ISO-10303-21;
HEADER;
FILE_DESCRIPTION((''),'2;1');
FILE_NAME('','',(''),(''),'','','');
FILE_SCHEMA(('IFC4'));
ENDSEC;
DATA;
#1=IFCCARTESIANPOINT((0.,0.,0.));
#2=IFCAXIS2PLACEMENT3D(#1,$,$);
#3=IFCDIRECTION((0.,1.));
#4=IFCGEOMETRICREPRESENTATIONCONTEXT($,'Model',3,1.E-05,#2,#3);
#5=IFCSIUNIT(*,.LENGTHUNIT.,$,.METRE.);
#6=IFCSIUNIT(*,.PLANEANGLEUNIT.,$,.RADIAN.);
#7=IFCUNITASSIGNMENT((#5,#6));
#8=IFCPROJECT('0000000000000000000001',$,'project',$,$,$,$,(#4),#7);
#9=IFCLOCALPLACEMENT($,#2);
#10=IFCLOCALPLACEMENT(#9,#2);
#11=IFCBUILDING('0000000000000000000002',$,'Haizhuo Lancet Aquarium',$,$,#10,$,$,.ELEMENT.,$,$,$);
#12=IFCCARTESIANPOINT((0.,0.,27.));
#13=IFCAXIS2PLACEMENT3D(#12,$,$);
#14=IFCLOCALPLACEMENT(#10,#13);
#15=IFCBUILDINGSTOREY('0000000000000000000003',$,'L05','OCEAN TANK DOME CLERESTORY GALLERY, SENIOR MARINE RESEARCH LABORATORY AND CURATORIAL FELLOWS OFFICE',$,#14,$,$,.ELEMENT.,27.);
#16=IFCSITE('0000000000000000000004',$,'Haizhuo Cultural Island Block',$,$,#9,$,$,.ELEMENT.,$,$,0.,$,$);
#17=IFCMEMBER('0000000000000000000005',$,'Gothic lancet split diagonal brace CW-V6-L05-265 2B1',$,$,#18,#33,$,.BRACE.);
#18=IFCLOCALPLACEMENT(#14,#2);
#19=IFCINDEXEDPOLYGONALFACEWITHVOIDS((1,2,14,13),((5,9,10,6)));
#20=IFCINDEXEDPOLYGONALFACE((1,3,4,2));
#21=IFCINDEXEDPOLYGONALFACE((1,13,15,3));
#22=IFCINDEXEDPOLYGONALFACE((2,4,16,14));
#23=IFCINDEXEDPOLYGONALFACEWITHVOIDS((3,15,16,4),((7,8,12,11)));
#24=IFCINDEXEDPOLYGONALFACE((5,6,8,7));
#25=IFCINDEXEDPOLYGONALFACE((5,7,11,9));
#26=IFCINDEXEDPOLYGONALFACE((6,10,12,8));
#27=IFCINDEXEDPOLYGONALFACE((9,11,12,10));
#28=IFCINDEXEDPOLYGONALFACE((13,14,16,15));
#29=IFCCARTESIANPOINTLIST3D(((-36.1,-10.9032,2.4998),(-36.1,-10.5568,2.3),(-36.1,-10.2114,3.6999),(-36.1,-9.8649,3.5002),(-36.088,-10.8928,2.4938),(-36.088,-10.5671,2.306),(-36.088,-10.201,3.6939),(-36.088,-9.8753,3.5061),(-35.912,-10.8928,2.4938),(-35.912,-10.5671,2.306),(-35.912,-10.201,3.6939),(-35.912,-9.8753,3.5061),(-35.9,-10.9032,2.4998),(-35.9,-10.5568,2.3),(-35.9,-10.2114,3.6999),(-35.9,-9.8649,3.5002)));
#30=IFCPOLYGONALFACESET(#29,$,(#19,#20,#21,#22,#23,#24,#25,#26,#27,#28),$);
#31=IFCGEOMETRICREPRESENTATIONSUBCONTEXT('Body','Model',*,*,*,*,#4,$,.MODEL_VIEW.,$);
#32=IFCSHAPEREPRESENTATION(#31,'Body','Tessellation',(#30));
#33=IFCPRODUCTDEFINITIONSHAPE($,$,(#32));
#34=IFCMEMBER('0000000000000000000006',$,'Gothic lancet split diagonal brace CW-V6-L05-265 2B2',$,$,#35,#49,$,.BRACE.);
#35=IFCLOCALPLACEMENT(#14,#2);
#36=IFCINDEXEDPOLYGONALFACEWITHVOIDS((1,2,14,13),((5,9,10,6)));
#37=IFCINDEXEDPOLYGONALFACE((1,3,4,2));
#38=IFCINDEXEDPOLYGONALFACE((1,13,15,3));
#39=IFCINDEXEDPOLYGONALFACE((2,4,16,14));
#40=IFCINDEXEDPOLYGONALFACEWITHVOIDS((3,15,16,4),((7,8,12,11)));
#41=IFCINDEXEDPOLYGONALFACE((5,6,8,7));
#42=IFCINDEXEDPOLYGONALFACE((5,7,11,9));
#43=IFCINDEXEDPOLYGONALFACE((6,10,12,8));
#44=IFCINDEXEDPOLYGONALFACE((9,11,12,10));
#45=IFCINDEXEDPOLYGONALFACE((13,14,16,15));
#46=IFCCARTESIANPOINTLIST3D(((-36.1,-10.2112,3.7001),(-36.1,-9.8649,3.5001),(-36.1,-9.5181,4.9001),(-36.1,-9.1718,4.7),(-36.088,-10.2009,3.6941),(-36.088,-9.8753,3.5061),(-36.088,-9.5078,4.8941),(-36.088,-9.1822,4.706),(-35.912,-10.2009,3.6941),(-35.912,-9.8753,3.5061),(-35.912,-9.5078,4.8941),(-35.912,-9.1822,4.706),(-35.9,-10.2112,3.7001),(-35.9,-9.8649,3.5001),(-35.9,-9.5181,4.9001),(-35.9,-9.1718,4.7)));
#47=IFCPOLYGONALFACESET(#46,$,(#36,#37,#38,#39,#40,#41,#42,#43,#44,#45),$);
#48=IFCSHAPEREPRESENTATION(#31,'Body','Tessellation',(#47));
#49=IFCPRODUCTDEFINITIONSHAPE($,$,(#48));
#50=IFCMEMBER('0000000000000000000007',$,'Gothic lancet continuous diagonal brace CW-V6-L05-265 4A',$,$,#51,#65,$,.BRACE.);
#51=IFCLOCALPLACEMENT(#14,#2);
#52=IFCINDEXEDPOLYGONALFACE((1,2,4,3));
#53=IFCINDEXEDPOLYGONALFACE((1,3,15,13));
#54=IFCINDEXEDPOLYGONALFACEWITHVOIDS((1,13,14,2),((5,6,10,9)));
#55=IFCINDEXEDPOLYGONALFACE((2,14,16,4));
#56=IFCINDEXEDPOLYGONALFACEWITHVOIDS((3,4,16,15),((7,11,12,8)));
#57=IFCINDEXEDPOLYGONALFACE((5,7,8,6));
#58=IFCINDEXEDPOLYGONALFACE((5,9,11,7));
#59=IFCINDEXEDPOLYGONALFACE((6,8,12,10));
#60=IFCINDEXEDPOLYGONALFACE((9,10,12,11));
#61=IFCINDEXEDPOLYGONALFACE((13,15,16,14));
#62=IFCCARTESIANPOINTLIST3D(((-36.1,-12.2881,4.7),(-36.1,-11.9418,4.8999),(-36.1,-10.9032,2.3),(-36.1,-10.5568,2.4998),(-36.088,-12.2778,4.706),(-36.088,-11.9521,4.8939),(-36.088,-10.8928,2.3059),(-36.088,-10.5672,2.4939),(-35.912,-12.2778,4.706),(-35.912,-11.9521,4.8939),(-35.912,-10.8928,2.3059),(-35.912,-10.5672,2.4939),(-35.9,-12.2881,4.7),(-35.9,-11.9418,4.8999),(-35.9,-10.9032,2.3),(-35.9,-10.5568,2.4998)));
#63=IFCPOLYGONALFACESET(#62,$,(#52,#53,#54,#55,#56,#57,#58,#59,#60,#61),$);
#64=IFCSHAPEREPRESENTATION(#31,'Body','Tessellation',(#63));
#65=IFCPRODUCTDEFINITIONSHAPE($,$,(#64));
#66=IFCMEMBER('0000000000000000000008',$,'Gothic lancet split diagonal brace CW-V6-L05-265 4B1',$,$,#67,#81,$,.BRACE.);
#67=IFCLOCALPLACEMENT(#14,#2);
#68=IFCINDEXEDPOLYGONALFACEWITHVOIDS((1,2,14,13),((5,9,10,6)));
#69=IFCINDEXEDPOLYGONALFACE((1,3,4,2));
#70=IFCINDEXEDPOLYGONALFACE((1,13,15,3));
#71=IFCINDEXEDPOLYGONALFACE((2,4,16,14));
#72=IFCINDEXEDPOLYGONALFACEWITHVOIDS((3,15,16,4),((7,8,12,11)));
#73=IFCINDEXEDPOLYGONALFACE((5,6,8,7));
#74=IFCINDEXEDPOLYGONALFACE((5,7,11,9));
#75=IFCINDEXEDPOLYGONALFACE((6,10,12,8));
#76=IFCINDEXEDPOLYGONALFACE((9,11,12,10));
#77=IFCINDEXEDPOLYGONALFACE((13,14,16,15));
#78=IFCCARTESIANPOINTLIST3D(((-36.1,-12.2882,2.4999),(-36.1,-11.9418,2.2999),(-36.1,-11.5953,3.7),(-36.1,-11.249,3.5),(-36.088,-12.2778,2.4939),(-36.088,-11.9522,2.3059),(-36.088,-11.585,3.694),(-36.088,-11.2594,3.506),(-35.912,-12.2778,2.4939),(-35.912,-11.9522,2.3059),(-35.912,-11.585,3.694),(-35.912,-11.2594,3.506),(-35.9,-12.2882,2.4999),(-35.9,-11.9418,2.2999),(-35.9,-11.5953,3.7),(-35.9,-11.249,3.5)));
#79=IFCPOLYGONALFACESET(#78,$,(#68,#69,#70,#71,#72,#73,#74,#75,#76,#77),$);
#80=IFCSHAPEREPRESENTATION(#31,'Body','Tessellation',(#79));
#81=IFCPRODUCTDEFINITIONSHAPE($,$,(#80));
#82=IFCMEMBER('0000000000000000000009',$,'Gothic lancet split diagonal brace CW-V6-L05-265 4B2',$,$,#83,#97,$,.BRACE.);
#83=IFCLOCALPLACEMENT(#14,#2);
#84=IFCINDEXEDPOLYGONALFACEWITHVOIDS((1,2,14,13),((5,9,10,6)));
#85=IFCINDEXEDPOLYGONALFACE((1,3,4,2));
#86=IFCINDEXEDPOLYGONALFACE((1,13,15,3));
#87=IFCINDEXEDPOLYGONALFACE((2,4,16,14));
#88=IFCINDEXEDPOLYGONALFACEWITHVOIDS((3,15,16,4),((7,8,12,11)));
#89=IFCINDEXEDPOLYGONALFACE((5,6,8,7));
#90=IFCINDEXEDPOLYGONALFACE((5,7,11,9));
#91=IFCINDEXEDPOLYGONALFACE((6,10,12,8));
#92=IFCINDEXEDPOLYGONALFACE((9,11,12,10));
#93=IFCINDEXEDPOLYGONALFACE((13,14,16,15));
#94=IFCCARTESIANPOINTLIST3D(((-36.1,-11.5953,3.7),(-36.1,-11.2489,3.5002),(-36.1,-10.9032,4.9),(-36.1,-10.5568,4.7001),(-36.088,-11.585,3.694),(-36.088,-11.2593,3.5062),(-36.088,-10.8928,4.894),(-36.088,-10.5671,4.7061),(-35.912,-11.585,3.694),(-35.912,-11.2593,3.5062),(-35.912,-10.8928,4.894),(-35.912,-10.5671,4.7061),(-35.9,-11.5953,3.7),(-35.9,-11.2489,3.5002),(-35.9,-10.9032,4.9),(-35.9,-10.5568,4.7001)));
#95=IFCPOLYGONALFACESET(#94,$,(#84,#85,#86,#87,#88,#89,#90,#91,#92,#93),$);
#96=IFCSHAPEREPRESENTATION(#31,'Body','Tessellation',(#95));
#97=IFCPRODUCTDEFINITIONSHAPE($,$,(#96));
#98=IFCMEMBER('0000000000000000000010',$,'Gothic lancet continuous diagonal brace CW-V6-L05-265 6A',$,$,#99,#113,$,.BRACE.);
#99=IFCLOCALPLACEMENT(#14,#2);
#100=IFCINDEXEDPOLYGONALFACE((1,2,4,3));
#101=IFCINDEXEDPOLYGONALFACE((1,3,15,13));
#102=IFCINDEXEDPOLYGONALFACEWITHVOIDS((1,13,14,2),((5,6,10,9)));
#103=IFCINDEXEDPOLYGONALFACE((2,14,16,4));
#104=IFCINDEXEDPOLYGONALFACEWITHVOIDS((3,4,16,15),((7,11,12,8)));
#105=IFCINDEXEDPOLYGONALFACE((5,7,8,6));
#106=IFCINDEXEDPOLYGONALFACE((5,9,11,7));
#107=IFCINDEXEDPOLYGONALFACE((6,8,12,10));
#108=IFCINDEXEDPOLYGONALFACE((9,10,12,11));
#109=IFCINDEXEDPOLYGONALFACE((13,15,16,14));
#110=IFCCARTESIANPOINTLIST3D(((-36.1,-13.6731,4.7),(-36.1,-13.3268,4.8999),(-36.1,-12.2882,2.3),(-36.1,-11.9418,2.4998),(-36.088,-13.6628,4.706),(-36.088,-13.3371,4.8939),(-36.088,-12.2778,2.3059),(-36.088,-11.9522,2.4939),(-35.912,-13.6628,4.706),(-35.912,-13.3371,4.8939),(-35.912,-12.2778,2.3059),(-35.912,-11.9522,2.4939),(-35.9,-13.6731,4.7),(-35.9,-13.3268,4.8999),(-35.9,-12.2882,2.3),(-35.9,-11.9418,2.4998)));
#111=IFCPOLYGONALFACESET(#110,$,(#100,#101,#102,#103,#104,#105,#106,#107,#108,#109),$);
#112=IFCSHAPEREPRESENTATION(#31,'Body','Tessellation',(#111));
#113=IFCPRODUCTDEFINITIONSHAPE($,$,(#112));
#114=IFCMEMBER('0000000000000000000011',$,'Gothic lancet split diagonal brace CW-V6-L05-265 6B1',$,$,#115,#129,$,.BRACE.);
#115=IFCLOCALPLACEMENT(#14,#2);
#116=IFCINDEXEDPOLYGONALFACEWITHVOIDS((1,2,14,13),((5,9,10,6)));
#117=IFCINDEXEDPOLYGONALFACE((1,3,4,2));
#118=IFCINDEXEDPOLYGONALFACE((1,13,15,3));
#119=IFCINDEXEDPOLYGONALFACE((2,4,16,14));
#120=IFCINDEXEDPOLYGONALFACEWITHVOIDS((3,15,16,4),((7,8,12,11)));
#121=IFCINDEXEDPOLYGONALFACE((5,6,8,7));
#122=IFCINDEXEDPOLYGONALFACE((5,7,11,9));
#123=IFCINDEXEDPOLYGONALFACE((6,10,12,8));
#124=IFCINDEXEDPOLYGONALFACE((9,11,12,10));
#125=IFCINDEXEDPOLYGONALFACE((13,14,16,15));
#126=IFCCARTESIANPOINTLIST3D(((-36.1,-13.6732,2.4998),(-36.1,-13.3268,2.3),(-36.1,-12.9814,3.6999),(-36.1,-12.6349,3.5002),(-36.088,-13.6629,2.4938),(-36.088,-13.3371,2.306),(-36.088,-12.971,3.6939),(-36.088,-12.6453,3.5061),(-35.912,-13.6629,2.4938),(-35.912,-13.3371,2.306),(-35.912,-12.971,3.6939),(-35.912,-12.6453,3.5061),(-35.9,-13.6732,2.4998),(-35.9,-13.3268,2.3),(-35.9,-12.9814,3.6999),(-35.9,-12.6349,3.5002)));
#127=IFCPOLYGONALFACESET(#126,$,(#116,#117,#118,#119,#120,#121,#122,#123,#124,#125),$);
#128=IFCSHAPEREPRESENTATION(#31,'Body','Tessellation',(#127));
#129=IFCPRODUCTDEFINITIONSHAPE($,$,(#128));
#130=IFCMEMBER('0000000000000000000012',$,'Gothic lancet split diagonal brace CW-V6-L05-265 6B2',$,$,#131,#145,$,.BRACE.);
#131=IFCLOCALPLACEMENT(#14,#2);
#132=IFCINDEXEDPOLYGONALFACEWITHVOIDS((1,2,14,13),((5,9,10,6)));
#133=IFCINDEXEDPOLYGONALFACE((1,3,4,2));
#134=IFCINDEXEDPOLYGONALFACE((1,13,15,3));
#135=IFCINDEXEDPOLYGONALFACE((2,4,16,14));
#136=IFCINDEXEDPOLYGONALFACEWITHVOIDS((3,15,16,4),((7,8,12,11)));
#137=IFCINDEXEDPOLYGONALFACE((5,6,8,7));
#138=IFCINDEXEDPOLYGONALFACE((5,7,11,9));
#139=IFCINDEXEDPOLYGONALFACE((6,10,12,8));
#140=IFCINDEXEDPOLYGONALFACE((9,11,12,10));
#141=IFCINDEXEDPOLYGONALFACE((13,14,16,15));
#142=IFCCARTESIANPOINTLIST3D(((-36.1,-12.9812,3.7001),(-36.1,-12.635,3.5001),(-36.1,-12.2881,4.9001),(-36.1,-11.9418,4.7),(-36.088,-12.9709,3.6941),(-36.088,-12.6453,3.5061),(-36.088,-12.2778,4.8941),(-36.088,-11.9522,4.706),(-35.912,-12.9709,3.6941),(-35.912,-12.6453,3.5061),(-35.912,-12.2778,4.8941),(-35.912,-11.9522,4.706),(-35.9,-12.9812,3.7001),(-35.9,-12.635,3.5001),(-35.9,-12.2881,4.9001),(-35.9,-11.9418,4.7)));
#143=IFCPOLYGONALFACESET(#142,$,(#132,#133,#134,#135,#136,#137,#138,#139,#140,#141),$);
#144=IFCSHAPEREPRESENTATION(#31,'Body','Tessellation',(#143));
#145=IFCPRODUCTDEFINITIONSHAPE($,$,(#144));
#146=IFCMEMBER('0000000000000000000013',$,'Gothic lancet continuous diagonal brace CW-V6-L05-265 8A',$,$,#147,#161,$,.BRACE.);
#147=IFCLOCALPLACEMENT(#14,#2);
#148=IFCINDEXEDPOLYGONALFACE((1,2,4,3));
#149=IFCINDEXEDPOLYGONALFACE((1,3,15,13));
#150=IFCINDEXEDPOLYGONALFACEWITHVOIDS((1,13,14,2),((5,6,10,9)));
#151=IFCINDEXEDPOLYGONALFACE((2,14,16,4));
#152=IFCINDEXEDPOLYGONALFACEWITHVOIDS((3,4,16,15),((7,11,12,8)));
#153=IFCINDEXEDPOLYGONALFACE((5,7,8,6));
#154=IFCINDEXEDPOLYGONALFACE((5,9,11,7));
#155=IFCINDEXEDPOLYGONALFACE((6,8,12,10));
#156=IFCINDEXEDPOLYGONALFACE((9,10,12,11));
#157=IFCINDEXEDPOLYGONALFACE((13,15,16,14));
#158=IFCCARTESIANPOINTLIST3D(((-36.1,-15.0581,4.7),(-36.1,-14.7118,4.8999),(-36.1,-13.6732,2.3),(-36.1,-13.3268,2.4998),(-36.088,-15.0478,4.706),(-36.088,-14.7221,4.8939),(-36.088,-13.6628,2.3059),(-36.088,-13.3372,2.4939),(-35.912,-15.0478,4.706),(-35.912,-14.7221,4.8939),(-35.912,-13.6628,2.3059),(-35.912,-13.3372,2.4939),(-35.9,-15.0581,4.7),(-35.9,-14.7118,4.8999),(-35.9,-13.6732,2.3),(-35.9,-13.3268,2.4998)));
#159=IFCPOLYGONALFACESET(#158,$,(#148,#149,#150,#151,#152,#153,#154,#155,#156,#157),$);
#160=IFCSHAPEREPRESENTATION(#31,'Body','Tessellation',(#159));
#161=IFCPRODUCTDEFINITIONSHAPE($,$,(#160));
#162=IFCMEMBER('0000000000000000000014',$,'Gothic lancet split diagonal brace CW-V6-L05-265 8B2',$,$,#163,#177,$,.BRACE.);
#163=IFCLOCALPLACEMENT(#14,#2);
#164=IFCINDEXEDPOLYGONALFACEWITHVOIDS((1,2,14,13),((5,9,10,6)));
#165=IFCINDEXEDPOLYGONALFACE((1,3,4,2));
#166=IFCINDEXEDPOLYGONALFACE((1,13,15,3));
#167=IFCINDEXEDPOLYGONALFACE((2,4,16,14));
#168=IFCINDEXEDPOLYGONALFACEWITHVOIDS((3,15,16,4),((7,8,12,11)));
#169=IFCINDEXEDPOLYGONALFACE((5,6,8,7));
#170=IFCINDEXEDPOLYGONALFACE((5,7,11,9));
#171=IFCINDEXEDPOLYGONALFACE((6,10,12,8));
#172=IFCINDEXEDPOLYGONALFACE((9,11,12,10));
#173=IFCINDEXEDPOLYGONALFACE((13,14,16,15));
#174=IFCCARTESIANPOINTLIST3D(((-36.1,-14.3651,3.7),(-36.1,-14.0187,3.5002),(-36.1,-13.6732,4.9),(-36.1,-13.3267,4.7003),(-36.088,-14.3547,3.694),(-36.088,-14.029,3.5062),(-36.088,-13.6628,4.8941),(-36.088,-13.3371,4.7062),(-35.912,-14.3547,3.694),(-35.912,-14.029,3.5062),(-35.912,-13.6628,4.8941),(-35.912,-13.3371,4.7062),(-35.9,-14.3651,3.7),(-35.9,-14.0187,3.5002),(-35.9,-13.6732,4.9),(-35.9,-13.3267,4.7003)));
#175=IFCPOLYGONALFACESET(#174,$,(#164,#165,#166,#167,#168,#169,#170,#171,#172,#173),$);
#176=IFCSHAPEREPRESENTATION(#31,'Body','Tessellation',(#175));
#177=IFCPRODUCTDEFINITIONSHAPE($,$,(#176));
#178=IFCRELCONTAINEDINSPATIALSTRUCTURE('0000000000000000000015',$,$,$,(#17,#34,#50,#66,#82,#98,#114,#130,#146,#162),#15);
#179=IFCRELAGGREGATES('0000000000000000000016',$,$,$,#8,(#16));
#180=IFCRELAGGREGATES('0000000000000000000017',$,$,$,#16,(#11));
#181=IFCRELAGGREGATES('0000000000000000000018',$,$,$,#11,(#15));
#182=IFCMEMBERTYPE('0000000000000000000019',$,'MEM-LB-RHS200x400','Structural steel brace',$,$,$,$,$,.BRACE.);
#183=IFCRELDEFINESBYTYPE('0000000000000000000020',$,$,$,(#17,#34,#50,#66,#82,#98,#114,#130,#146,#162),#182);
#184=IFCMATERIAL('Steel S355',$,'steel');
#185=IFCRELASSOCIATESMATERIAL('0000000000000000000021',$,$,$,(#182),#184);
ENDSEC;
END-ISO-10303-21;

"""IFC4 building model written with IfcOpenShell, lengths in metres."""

from ifc_helpers import new_model, si_unit, direction, frame, origin, origin_2d, place, context, subcontext, project, spatial, hollow_rectangle, extrude, material, material_profile, profile_set, type_object, element, save


model = new_model("IFC4")

# Units and contexts
model_context = context("Model", 3, precision=1e-05, world=origin(), true_north=direction((0.0, 1.0)))
body_context = subcontext(model_context, "Body", "Model", "MODEL_VIEW")
ifc_project = project(units=[si_unit("LENGTHUNIT", "METRE"), si_unit("PLANEANGLEUNIT", "RADIAN")], contexts=[model_context])

# Site, building, storey
site_placement = place(None, origin())
site = spatial("IfcSite", under=ifc_project, at=site_placement, Name="Haizhuo Cultural Island Block", CompositionType="ELEMENT", RefElevation=0.0)
building_placement = place(site_placement, origin())
building = spatial("IfcBuilding", under=site, at=building_placement, Name="Haizhuo Lancet Aquarium", CompositionType="ELEMENT")
storey_placement = place(building_placement, frame((0.0, 0.0, 27.0)))
storey = spatial("IfcBuildingStorey", under=building, at=storey_placement, Name="L05", Description="OCEAN TANK DOME CLERESTORY GALLERY, SENIOR MARINE RESEARCH LABORATORY AND CURATORIAL FELLOWS OFFICE", CompositionType="ELEMENT", Elevation=27.0)

# Members
ifc_material_1 = material(Name="Steel S355", Category="steel")
ifc_material_profile_1 = material_profile(ifc_material_1, hollow_rectangle(XDim=0.2, YDim=0.3999, WallThickness=0.012, at=origin_2d()), Name="RHS 200x400x12")
ifc_profile_set_1 = profile_set([ifc_material_profile_1], Name="Steel S355")
member_type_1 = type_object("IfcMemberType", Name="MEM-LB-RHS200x400", Description="Structural steel brace", PredefinedType="BRACE", material=ifc_profile_set_1)
member_1_placement = place(storey_placement, frame((-36.0, -10.73, 2.3999), z_axis=(0.0, 0.499438, 0.86635), x_axis=(-1.0, 0.0, 0.0)))
element("IfcMember", 1, at=member_1_placement, inside=storey, type_object=member_type_1, Name="Gothic lancet split diagonal brace CW-V6-L05-265 2B1", PredefinedType="BRACE", context=body_context, shape_type="SweptSolid", body=[
    extrude(hollow_rectangle(XDim=0.2, YDim=0.3999, WallThickness=0.012, at=origin_2d()), origin(), (0.0, 0.0, 1.0), 1.3853),
])
member_2_placement = place(storey_placement, frame((-36.0, -10.0381, 3.6001), z_axis=(0.0, 0.500175, 0.865924), x_axis=(-1.0, 0.0, 0.0)))
element("IfcMember", 2, at=member_2_placement, inside=storey, type_object=member_type_1, Name="Gothic lancet split diagonal brace CW-V6-L05-265 2B2", PredefinedType="BRACE", context=body_context, shape_type="SweptSolid", body=[
    extrude(hollow_rectangle(XDim=0.2, YDim=0.3999, WallThickness=0.012, at=origin_2d()), origin(), (0.0, 0.0, 1.0), 1.3857),
])
member_3_placement = place(storey_placement, frame((-36.0, -10.73, 2.3999), z_axis=(0.0, -0.499806, 0.866137), x_axis=(1.0, 0.0, 0.0)))
element("IfcMember", 3, at=member_3_placement, inside=storey, type_object=member_type_1, Name="Gothic lancet continuous diagonal brace CW-V6-L05-265 4A", PredefinedType="BRACE", context=body_context, shape_type="SweptSolid", body=[
    extrude(hollow_rectangle(XDim=0.2, YDim=0.3999, WallThickness=0.012, at=origin_2d()), origin(), (0.0, 0.0, 1.0), 2.771),
])
member_4_placement = place(storey_placement, frame((-36.0, -12.115, 2.3999), z_axis=(0.0, 0.499966, 0.866045), x_axis=(-1.0, 0.0, 0.0)))
element("IfcMember", 4, at=member_4_placement, inside=storey, type_object=member_type_1, Name="Gothic lancet split diagonal brace CW-V6-L05-265 4B1", PredefinedType="BRACE", context=body_context, shape_type="SweptSolid", body=[
    extrude(hollow_rectangle(XDim=0.2, YDim=0.3999, WallThickness=0.012, at=origin_2d()), origin(), (0.0, 0.0, 1.0), 1.3857),
])
member_5_placement = place(storey_placement, frame((-36.0, -11.4221, 3.6001), z_axis=(0.0, 0.499646, 0.86623), x_axis=(-1.0, 0.0, 0.0)))
element("IfcMember", 5, at=member_5_placement, inside=storey, type_object=member_type_1, Name="Gothic lancet split diagonal brace CW-V6-L05-265 4B2", PredefinedType="BRACE", context=body_context, shape_type="SweptSolid", body=[
    extrude(hollow_rectangle(XDim=0.2, YDim=0.3999, WallThickness=0.012, at=origin_2d()), origin(), (0.0, 0.0, 1.0), 1.3853),
])
member_6_placement = place(storey_placement, frame((-36.0, -12.115, 2.3999), z_axis=(0.0, -0.499806, 0.866137), x_axis=(1.0, 0.0, 0.0)))
element("IfcMember", 6, at=member_6_placement, inside=storey, type_object=member_type_1, Name="Gothic lancet continuous diagonal brace CW-V6-L05-265 6A", PredefinedType="BRACE", context=body_context, shape_type="SweptSolid", body=[
    extrude(hollow_rectangle(XDim=0.2, YDim=0.3999, WallThickness=0.012, at=origin_2d()), origin(), (0.0, 0.0, 1.0), 2.771),
])
member_7_placement = place(storey_placement, frame((-36.0, -13.5, 2.3999), z_axis=(0.0, 0.499438, 0.86635), x_axis=(-1.0, 0.0, 0.0)))
element("IfcMember", 7, at=member_7_placement, inside=storey, type_object=member_type_1, Name="Gothic lancet split diagonal brace CW-V6-L05-265 6B1", PredefinedType="BRACE", context=body_context, shape_type="SweptSolid", body=[
    extrude(hollow_rectangle(XDim=0.2, YDim=0.3999, WallThickness=0.012, at=origin_2d()), origin(), (0.0, 0.0, 1.0), 1.3853),
])
member_8_placement = place(storey_placement, frame((-36.0, -12.8081, 3.6001), z_axis=(0.0, 0.500175, 0.865924), x_axis=(-1.0, 0.0, 0.0)))
element("IfcMember", 8, at=member_8_placement, inside=storey, type_object=member_type_1, Name="Gothic lancet split diagonal brace CW-V6-L05-265 6B2", PredefinedType="BRACE", context=body_context, shape_type="SweptSolid", body=[
    extrude(hollow_rectangle(XDim=0.2, YDim=0.3999, WallThickness=0.012, at=origin_2d()), origin(), (0.0, 0.0, 1.0), 1.3857),
])
member_9_placement = place(storey_placement, frame((-36.0, -13.5, 2.3999), z_axis=(0.0, -0.499806, 0.866137), x_axis=(1.0, 0.0, 0.0)))
element("IfcMember", 9, at=member_9_placement, inside=storey, type_object=member_type_1, Name="Gothic lancet continuous diagonal brace CW-V6-L05-265 8A", PredefinedType="BRACE", context=body_context, shape_type="SweptSolid", body=[
    extrude(hollow_rectangle(XDim=0.2, YDim=0.3999, WallThickness=0.012, at=origin_2d()), origin(), (0.0, 0.0, 1.0), 2.771),
])
member_10_placement = place(storey_placement, frame((-36.0, -14.1919, 3.6001), z_axis=(0.0, 0.499514, 0.866306), x_axis=(-1.0, 0.0, 0.0)))
element("IfcMember", 10, at=member_10_placement, inside=storey, type_object=member_type_1, Name="Gothic lancet split diagonal brace CW-V6-L05-265 8B2", PredefinedType="BRACE", context=body_context, shape_type="SweptSolid", body=[
    extrude(hollow_rectangle(XDim=0.2, YDim=0.3999, WallThickness=0.012, at=origin_2d()), origin(), (0.0, 0.0, 1.0), 1.3853),
])

save(model, "model.ifc")
